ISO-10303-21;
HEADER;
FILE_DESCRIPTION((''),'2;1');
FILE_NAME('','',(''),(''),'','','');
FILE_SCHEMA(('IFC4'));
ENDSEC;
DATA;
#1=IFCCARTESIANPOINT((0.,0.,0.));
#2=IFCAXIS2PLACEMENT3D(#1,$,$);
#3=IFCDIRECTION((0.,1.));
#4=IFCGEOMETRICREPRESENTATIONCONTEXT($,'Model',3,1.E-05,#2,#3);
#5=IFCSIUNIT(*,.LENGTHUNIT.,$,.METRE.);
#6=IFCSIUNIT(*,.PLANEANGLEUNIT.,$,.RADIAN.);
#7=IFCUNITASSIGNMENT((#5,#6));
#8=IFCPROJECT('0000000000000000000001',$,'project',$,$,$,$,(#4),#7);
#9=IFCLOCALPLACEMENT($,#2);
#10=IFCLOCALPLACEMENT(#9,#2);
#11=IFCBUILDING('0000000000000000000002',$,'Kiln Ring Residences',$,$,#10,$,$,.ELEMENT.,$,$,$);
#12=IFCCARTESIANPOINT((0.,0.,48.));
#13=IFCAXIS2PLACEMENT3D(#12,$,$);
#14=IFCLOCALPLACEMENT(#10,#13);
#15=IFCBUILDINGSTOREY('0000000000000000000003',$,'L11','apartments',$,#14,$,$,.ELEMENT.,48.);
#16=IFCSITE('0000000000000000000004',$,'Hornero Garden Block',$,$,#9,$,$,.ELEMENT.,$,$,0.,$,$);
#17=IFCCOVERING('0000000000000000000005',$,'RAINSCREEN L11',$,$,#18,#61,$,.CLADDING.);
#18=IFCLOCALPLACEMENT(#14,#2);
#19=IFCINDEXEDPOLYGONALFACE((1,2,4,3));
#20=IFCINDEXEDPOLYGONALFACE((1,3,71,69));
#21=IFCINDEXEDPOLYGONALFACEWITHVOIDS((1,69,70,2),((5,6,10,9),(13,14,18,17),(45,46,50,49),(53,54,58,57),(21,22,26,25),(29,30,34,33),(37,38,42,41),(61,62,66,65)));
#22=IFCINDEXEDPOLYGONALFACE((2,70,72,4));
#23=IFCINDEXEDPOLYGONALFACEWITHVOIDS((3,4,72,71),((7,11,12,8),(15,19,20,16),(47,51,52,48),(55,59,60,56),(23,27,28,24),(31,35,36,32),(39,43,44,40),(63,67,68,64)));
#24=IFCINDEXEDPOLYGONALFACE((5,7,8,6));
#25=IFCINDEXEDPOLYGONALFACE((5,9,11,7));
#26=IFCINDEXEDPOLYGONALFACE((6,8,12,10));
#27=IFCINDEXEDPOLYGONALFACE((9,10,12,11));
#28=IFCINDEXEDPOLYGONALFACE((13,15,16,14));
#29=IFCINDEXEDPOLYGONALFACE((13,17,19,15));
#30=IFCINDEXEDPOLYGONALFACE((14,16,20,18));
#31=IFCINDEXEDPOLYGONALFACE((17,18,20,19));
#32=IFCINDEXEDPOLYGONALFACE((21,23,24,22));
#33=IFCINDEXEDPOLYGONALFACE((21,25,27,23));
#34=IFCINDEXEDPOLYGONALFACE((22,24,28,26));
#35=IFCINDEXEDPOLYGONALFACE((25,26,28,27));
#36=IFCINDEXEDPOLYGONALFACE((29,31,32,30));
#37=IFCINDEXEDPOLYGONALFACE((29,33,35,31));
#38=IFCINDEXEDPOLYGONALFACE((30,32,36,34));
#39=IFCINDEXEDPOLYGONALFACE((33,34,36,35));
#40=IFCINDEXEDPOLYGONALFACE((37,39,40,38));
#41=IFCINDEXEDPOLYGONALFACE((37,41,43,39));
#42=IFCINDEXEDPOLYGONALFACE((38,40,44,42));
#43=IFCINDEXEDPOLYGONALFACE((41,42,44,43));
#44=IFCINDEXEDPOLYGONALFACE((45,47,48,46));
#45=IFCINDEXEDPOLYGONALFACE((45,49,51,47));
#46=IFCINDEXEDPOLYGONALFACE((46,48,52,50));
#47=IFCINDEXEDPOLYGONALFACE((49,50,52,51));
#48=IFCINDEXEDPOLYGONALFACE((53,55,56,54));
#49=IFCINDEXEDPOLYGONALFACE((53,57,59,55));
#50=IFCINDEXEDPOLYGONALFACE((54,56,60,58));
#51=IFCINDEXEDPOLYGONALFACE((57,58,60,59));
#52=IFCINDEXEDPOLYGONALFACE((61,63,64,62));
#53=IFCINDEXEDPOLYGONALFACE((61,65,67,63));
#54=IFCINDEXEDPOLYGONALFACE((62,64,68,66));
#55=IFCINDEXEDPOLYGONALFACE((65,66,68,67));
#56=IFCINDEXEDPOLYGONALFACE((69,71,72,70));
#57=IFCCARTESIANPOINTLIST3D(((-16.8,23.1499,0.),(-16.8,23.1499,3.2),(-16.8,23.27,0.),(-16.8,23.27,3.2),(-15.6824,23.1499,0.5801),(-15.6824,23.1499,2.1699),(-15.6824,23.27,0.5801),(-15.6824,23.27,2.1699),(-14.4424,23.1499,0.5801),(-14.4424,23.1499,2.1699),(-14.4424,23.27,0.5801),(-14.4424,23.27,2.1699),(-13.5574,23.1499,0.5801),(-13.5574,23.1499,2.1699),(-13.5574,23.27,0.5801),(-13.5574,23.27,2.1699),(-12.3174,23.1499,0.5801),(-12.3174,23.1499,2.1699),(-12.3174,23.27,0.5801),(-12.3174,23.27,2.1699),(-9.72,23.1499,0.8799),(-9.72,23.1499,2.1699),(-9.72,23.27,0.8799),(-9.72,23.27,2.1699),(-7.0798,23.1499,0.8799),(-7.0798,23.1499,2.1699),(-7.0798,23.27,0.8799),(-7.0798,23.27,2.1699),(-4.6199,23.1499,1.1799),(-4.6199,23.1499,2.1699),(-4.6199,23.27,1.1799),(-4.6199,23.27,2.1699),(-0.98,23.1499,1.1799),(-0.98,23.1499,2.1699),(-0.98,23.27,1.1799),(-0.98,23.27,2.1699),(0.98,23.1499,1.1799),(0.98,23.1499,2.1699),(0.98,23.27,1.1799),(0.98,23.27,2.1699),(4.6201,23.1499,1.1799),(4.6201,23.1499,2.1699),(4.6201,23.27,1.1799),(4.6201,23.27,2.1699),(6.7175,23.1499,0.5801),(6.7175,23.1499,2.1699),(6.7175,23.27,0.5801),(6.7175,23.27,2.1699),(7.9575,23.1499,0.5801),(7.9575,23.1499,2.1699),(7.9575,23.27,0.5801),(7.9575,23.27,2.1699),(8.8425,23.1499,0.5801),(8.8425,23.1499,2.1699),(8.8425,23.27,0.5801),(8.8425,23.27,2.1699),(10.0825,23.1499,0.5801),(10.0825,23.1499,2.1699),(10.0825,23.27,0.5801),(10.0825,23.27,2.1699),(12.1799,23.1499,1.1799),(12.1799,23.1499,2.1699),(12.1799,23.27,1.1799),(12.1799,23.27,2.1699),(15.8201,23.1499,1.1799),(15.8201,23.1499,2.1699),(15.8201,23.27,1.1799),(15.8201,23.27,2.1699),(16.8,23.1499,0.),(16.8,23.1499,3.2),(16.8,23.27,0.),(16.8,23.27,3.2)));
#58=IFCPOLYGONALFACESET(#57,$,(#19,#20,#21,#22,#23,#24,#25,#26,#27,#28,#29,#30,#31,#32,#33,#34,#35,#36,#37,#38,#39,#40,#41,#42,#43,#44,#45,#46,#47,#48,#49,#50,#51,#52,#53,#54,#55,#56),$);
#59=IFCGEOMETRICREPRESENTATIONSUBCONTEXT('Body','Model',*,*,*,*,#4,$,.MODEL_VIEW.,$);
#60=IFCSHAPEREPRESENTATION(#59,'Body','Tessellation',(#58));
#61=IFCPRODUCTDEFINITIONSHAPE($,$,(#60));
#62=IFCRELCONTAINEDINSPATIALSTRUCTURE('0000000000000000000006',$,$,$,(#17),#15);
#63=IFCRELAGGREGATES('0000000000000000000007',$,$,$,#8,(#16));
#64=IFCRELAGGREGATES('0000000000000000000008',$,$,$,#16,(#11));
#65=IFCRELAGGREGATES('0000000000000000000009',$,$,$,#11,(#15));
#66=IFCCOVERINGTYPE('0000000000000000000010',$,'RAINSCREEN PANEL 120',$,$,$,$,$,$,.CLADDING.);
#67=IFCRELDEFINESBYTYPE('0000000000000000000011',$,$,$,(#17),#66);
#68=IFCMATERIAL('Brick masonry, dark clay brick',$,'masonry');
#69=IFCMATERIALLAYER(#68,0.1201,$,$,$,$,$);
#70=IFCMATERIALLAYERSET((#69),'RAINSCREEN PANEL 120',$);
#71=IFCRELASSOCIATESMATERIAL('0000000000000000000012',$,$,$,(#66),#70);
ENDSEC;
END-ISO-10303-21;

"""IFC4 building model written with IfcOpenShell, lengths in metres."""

from ifc_helpers import new_model, si_unit, direction, frame, origin, place, context, subcontext, project, spatial, polyline, outline, extrude, material, layer, layer_set, type_object, element, save


model = new_model("IFC4")

# Units and contexts
model_context = context("Model", 3, precision=1e-05, world=origin(), true_north=direction((0.0, 1.0)))
body_context = subcontext(model_context, "Body", "Model", "MODEL_VIEW")
ifc_project = project(units=[si_unit("LENGTHUNIT", "METRE"), si_unit("PLANEANGLEUNIT", "RADIAN")], contexts=[model_context])

# Site, building, storey
site_placement = place(None, origin())
site = spatial("IfcSite", under=ifc_project, at=site_placement, Name="Hornero Garden Block", CompositionType="ELEMENT", RefElevation=0.0)
building_placement = place(site_placement, origin())
building = spatial("IfcBuilding", under=site, at=building_placement, Name="Kiln Ring Residences", CompositionType="ELEMENT")
storey_placement = place(building_placement, frame((0.0, 0.0, 48.0)))
storey = spatial("IfcBuildingStorey", under=building, at=storey_placement, Name="L11", Description="apartments", CompositionType="ELEMENT", Elevation=48.0)

# Covering
ifc_material_1 = material(Name="Brick masonry, dark clay brick", Category="masonry")
ifc_layer_1 = layer(ifc_material_1, 0.1201)
ifc_layer_set_1 = layer_set([ifc_layer_1], Name="RAINSCREEN PANEL 120")
covering_type = type_object("IfcCoveringType", Name="RAINSCREEN PANEL 120", PredefinedType="CLADDING", material=ifc_layer_set_1)
covering_placement = place(storey_placement, frame((16.8, 23.21, 0.0), z_axis=(0.0, 0.0, 1.0), x_axis=(-1.0, 0.0, 0.0)))
element("IfcCovering", 1, at=covering_placement, inside=storey, type_object=covering_type, Name="RAINSCREEN L11", PredefinedType="CLADDING", context=body_context, shape_type="SweptSolid", body=[
    extrude(outline(polyline([(0.0, 0.0), (33.6001, 0.0), (33.6001, 3.2), (0.0, 3.2), (0.0, 0.0)]), holes=[polyline([(6.7175, 0.5801), (7.9575, 0.5801), (7.9575, 2.1699), (6.7175, 2.1699), (6.7175, 0.5801)]), polyline([(8.8425, 0.5801), (10.0825, 0.5801), (10.0825, 2.1699), (8.8425, 2.1699), (8.8425, 0.5801)]), polyline([(29.1174, 0.5801), (30.3574, 0.5801), (30.3574, 2.1699), (29.1174, 2.1699), (29.1174, 0.5801)]), polyline([(31.2424, 0.5801), (32.4824, 0.5801), (32.4824, 2.1699), (31.2424, 2.1699), (31.2424, 0.5801)]), polyline([(23.8799, 0.8799), (26.52, 0.8799), (26.52, 2.1699), (23.8799, 2.1699), (23.8799, 0.8799)]), polyline([(0.98, 1.1799), (4.6201, 1.1799), (4.6201, 2.1699), (0.98, 2.1699), (0.98, 1.1799)]), polyline([(12.1799, 1.1799), (15.8201, 1.1799), (15.8201, 2.1699), (12.1799, 2.1699), (12.1799, 1.1799)]), polyline([(17.78, 1.1799), (21.4199, 1.1799), (21.4199, 2.1699), (17.78, 2.1699), (17.78, 1.1799)])]), frame((0.0, 0.0601, 0.0), z_axis=(0.0, -1.0, 0.0), x_axis=(1.0, 0.0, 0.0)), (0.0, 0.0, 1.0), 0.1201),
])

save(model, "model.ifc")
